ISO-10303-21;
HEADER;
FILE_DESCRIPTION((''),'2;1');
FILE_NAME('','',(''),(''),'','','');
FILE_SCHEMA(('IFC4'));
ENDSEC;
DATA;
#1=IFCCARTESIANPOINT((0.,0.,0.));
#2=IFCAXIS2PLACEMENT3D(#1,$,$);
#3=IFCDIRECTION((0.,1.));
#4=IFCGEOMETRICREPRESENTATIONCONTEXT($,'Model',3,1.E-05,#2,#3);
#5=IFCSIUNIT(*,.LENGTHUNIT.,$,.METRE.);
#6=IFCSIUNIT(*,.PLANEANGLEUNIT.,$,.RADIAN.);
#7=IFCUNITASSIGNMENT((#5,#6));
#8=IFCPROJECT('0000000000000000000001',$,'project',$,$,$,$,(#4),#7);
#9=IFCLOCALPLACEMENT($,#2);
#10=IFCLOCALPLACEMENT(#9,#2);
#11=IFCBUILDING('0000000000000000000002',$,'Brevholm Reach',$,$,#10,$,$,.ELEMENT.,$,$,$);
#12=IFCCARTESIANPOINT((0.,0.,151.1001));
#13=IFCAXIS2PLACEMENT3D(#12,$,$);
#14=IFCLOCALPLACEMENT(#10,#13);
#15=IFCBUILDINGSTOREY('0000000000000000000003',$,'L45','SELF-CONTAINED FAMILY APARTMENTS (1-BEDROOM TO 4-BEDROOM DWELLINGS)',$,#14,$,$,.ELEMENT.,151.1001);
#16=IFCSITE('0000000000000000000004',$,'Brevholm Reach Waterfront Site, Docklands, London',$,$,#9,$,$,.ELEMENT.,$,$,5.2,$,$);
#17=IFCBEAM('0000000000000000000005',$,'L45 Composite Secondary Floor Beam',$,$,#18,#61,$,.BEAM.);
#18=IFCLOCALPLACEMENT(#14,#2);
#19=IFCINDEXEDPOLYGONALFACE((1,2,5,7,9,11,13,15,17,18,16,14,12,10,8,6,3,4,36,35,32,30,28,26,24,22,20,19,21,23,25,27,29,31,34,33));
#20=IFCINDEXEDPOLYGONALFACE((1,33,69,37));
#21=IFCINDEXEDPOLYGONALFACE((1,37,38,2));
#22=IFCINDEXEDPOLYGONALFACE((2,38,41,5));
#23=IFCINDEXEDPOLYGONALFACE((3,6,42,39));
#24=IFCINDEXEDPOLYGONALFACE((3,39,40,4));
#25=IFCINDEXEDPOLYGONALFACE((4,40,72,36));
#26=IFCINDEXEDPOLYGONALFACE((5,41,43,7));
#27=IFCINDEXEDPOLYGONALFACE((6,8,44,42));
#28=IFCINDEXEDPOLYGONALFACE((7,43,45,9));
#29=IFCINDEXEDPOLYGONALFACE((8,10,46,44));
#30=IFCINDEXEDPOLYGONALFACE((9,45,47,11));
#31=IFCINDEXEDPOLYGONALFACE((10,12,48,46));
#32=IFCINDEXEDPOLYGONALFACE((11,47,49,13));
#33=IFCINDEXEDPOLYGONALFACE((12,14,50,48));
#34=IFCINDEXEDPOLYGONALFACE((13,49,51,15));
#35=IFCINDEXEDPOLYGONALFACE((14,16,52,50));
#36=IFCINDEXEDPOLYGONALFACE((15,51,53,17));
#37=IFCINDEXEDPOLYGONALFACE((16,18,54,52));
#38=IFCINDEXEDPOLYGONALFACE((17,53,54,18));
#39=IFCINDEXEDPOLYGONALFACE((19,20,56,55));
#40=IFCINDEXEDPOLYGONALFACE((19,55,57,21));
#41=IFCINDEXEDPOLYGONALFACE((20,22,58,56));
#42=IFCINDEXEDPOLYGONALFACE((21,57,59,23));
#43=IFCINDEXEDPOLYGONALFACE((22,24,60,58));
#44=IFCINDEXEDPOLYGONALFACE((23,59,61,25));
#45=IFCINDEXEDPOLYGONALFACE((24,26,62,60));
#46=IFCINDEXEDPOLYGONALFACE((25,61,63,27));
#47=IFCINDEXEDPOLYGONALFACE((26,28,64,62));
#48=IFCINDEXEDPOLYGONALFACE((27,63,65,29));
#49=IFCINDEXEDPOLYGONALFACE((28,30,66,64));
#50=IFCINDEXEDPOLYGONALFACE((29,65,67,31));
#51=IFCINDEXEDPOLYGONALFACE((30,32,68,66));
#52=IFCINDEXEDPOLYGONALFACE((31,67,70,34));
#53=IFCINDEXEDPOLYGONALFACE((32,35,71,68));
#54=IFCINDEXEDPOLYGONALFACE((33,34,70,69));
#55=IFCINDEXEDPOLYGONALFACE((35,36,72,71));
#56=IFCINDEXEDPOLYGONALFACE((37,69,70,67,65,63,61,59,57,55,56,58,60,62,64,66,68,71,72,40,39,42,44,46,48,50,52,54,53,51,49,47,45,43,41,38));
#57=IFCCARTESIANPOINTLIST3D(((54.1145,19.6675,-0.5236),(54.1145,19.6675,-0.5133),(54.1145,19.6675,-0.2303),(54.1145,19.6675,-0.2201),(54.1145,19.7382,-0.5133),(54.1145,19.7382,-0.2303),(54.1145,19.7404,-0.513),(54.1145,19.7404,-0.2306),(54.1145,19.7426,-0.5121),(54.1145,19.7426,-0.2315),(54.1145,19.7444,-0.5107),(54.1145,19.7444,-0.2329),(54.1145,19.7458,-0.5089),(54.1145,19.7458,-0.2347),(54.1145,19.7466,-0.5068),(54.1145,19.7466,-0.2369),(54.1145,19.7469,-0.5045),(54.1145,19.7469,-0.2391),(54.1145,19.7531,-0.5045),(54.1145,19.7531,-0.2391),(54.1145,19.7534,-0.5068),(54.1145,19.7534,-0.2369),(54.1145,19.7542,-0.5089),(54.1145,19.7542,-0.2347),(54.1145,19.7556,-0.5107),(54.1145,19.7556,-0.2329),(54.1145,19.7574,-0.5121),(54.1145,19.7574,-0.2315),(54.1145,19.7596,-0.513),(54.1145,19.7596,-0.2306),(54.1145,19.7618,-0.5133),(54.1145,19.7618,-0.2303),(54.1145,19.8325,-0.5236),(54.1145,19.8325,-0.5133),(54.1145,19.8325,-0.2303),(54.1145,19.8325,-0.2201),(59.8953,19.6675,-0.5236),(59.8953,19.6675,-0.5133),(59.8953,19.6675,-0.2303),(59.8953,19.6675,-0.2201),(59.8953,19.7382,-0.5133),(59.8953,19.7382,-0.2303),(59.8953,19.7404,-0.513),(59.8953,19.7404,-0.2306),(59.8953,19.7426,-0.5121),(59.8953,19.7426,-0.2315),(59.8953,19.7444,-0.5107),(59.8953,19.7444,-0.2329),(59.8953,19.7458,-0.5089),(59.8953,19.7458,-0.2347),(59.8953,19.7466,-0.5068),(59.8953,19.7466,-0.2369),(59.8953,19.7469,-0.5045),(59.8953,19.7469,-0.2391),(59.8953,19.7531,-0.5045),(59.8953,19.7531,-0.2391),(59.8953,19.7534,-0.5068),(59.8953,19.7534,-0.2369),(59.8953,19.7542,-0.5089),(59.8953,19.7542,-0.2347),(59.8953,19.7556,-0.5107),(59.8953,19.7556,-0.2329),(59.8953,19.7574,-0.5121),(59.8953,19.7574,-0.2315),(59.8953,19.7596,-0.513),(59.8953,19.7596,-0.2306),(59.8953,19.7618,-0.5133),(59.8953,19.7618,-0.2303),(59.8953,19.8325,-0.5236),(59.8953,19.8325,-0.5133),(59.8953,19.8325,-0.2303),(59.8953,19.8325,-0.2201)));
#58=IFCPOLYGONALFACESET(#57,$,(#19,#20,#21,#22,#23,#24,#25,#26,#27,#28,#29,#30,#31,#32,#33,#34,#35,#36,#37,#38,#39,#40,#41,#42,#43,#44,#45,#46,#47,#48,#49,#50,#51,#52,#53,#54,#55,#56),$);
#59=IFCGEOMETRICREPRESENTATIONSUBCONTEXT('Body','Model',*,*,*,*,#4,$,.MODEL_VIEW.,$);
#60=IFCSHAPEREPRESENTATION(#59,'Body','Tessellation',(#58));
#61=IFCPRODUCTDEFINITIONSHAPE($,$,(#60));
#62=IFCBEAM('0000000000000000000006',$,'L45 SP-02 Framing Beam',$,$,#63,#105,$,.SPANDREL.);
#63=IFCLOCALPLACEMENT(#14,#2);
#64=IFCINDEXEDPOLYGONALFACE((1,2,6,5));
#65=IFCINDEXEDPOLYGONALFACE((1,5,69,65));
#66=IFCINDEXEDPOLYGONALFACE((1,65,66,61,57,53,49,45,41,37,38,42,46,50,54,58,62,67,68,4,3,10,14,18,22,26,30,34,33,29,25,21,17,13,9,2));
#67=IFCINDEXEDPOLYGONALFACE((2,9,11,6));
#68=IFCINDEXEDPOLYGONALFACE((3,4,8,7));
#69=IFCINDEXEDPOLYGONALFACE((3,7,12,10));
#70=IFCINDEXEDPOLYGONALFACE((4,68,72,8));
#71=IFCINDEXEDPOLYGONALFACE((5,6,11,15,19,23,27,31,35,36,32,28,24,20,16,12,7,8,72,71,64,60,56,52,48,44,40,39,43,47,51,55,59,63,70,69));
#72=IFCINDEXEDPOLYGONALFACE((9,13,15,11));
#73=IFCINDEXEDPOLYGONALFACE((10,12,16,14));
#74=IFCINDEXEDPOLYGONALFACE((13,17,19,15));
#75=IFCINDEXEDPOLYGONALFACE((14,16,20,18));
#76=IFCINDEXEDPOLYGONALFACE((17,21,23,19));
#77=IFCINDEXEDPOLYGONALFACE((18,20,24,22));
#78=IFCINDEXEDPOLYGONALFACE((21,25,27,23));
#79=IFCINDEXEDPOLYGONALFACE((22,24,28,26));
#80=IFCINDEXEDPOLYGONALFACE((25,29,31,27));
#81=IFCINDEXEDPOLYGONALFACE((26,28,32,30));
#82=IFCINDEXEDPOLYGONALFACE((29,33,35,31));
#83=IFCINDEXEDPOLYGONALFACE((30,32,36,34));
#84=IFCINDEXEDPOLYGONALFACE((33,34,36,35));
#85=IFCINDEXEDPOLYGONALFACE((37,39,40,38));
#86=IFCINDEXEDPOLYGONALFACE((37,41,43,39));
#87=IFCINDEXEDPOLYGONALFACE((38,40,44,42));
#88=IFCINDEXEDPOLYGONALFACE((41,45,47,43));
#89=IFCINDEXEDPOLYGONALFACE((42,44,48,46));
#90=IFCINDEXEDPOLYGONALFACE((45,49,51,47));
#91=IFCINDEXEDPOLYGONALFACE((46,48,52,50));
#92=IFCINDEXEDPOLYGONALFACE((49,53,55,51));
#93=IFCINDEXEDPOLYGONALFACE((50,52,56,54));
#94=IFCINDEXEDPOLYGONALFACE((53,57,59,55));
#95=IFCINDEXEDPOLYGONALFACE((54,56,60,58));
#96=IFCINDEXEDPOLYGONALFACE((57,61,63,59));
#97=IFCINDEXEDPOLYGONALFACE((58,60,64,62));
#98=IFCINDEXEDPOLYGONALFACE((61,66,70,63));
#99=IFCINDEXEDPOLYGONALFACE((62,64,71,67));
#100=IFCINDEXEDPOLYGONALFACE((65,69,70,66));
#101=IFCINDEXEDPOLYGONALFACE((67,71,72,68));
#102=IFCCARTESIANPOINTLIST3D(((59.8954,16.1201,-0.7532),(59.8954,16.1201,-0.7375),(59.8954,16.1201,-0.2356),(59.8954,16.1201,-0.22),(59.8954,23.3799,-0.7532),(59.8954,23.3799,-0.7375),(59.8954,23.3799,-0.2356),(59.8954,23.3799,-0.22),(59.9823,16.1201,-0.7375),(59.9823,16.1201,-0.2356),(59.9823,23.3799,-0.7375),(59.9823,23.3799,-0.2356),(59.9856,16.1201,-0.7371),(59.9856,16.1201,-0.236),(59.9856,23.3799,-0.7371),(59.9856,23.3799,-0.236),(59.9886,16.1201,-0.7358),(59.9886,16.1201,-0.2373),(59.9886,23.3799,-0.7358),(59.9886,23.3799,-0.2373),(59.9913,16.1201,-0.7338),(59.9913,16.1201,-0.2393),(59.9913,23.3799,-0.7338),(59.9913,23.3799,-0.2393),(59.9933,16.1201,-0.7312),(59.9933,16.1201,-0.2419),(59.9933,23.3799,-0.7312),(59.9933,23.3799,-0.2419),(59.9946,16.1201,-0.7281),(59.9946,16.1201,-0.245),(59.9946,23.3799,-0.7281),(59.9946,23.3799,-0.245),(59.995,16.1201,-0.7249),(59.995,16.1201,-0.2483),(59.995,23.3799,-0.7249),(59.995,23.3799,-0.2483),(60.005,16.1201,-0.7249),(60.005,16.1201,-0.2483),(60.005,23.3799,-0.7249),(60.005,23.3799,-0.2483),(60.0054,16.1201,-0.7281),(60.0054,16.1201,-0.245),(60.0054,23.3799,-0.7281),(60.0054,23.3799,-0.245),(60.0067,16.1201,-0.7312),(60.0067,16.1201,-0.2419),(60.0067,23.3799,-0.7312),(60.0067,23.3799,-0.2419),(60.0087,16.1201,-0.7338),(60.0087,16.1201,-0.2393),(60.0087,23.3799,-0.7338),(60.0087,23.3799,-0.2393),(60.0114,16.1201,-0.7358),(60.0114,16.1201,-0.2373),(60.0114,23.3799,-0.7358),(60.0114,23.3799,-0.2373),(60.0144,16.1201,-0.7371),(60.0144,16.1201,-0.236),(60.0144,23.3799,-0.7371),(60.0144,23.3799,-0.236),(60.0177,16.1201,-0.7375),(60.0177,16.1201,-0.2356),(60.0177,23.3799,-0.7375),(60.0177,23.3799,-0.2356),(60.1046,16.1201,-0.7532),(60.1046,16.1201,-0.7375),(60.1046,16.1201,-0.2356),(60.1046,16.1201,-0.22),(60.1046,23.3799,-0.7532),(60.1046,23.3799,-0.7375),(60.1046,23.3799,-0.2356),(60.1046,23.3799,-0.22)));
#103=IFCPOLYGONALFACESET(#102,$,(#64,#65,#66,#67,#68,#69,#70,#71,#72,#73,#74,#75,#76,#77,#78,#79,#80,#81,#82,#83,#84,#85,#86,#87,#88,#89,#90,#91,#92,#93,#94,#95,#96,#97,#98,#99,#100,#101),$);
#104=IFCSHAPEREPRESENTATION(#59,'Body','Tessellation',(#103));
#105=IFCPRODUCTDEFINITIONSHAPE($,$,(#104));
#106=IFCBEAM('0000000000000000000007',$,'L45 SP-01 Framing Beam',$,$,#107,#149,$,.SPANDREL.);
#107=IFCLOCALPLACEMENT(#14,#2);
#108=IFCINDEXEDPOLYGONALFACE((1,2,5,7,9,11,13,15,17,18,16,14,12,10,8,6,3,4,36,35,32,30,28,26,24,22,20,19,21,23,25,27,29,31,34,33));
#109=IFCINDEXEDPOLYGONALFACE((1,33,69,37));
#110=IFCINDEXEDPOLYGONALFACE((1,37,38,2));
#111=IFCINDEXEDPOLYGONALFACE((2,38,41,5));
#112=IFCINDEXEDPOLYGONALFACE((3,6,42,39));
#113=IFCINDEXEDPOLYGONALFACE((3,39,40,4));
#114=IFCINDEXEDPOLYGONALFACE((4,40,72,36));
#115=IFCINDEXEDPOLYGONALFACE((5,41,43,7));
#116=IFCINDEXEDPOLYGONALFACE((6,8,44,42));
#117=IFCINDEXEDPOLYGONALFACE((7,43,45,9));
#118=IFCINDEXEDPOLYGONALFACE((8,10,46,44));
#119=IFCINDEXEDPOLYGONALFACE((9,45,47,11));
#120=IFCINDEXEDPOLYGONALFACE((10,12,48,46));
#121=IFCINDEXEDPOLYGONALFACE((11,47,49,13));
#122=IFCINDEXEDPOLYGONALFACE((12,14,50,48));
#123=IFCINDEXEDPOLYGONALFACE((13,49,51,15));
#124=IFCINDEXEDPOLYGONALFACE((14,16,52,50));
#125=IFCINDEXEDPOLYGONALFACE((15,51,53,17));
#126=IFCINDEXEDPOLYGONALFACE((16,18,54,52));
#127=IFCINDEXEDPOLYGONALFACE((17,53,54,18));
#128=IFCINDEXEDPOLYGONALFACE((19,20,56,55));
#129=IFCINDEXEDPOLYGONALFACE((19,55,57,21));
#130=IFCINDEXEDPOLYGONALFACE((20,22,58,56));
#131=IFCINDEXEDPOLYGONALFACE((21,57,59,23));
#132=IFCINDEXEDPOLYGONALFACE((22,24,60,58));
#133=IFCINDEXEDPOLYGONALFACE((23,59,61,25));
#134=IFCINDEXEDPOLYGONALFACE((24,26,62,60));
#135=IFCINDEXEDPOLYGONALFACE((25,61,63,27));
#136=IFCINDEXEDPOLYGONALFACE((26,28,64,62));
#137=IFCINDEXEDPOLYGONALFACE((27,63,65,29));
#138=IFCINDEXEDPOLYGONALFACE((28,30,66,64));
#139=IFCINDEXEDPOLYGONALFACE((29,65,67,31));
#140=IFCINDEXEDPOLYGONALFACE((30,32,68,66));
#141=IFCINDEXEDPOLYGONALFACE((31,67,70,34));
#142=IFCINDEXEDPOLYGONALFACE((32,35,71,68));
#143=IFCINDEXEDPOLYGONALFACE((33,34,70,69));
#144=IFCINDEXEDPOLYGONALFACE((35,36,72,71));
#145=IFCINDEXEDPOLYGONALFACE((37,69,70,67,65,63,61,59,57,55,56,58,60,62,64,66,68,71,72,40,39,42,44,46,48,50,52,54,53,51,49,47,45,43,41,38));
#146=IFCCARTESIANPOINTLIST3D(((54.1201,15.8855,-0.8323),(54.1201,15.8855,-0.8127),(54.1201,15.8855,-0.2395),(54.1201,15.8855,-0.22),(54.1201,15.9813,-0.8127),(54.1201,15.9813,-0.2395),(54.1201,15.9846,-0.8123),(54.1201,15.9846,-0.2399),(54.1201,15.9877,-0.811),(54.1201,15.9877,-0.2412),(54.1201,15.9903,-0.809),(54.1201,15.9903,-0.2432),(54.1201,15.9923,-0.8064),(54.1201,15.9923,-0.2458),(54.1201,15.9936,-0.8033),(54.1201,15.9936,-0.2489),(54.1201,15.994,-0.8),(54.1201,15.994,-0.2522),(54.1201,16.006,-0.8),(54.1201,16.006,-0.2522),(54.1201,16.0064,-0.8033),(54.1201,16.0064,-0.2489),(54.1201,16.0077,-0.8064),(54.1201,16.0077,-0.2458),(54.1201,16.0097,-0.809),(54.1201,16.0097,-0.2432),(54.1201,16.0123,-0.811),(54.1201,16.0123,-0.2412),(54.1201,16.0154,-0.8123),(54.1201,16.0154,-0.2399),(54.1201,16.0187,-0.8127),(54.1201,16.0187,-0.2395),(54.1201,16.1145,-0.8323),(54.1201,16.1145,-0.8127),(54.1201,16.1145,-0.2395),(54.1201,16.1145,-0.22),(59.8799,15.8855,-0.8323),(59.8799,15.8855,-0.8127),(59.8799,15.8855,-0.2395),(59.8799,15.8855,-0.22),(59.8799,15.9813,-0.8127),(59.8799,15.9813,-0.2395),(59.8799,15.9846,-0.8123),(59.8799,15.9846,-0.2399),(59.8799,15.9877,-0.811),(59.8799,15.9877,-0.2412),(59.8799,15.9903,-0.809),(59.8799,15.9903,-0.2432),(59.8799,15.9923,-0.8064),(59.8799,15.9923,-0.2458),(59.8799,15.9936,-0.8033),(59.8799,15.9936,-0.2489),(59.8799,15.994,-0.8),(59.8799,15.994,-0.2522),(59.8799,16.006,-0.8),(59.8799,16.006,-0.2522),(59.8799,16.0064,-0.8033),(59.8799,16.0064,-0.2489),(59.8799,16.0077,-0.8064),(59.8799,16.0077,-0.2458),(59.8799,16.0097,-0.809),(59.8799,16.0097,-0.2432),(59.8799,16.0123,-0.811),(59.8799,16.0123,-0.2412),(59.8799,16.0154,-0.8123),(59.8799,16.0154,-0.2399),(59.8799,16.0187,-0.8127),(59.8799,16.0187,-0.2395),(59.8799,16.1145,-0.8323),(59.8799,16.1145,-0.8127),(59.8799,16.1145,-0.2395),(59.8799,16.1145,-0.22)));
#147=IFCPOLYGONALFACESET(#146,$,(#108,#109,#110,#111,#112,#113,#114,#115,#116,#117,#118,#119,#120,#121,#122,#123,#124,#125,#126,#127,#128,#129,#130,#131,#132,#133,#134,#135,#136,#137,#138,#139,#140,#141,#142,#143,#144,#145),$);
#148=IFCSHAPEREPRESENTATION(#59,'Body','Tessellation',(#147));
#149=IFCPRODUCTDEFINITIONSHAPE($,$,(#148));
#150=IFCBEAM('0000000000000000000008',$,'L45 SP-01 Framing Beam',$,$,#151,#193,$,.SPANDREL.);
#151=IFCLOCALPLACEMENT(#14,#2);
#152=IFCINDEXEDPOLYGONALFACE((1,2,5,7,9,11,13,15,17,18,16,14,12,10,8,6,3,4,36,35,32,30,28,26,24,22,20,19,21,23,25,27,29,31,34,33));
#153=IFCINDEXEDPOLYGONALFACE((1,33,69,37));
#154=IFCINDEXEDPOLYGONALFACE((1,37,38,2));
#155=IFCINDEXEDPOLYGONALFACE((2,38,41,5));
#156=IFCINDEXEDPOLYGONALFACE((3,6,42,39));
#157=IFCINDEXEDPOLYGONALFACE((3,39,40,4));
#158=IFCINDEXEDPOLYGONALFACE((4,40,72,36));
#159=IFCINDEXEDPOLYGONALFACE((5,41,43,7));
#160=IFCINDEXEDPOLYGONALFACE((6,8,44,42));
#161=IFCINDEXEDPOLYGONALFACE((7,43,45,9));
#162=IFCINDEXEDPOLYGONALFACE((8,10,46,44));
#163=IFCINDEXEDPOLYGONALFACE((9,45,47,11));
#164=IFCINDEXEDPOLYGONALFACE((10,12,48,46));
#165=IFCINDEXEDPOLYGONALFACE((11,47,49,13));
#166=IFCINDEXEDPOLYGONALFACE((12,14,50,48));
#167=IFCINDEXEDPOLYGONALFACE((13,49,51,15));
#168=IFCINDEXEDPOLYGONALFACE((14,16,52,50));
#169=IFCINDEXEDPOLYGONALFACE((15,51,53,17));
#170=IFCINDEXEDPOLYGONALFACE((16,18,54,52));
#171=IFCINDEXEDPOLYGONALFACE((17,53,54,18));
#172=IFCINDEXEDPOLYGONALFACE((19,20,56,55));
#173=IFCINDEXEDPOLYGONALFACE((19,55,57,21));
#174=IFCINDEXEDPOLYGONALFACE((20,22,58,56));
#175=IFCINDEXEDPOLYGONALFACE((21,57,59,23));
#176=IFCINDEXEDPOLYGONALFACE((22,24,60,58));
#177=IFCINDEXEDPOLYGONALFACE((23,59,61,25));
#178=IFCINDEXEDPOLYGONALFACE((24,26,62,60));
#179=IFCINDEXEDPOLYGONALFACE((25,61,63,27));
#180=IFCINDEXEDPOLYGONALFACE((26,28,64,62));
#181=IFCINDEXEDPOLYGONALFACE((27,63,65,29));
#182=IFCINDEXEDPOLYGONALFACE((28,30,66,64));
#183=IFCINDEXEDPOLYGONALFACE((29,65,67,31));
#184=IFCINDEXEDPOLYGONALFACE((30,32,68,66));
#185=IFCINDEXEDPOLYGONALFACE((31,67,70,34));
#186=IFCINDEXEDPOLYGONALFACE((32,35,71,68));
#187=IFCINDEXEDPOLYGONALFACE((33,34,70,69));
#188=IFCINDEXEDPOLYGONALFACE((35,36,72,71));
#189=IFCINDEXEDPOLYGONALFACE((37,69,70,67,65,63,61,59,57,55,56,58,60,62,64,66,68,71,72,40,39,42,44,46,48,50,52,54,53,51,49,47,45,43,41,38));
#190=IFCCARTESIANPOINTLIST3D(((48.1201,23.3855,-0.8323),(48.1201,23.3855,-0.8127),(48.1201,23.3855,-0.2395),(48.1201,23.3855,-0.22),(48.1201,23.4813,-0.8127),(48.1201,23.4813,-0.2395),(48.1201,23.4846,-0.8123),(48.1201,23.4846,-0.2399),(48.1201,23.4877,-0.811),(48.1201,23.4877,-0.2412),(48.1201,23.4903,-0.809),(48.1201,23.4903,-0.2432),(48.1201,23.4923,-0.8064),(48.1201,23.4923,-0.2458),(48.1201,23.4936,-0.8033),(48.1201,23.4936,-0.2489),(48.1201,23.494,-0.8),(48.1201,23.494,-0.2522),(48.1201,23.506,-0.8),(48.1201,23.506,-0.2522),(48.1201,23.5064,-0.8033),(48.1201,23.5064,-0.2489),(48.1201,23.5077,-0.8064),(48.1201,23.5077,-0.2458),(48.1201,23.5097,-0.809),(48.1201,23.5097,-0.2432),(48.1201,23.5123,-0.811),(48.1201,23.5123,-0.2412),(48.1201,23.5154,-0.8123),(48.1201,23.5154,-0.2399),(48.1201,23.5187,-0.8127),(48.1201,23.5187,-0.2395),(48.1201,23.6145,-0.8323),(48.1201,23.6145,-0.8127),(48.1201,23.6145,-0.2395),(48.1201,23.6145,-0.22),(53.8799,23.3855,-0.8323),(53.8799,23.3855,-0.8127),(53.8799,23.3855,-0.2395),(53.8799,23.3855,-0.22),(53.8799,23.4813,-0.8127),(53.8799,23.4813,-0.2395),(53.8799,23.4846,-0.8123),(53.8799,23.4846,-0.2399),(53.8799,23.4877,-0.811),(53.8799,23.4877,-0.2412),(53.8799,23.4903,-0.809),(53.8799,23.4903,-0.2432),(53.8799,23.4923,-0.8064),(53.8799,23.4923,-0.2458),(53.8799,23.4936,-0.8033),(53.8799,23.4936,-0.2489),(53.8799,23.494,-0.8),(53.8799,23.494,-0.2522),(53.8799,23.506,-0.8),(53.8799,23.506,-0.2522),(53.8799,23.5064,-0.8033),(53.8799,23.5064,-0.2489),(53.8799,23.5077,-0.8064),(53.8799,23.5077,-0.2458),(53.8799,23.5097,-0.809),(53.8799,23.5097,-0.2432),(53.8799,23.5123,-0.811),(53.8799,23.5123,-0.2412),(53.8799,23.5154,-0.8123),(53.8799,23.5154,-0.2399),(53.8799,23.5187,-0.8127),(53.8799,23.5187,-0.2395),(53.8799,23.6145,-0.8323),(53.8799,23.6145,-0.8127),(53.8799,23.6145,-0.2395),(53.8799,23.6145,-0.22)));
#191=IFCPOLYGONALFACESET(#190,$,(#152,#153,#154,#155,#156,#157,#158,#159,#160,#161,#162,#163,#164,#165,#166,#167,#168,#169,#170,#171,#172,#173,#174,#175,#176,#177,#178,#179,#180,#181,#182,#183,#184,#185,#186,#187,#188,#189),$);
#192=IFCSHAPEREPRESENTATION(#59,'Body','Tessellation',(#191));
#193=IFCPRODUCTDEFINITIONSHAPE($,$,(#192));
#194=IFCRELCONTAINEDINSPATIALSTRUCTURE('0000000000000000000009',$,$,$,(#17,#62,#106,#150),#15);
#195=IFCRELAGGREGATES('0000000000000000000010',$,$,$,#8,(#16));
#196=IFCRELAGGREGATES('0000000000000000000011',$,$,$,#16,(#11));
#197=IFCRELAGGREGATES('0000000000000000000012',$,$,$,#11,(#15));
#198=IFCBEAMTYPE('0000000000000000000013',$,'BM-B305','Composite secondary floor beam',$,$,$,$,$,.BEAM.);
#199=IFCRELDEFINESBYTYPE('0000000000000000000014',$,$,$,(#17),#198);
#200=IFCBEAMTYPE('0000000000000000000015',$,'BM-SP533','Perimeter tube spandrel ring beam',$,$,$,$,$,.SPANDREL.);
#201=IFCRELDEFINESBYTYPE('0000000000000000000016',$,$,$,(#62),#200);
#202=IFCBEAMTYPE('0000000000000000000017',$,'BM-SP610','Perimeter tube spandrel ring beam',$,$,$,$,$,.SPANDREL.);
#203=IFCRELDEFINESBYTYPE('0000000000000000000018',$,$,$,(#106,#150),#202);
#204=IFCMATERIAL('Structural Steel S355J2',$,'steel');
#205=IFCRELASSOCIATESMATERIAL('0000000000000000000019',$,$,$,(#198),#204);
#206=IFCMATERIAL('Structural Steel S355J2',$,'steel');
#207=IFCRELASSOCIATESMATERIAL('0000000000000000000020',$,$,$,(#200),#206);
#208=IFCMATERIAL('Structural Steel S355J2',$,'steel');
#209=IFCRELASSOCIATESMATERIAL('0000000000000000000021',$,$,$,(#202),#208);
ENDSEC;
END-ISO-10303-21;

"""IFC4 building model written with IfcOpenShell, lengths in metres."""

from ifc_helpers import new_model, si_unit, direction, frame, origin, origin_2d, place, context, subcontext, project, spatial, i_section, extrude, material, material_profile, profile_set, type_object, element, save


model = new_model("IFC4")

# Units and contexts
model_context = context("Model", 3, precision=1e-05, world=origin(), true_north=direction((0.0, 1.0)))
body_context = subcontext(model_context, "Body", "Model", "MODEL_VIEW")
ifc_project = project(units=[si_unit("LENGTHUNIT", "METRE"), si_unit("PLANEANGLEUNIT", "RADIAN")], contexts=[model_context])

# Site, building, storey
site_placement = place(None, origin())
site = spatial("IfcSite", under=ifc_project, at=site_placement, Name="Brevholm Reach Waterfront Site, Docklands, London", CompositionType="ELEMENT", RefElevation=5.2)
building_placement = place(site_placement, origin())
building = spatial("IfcBuilding", under=site, at=building_placement, Name="Brevholm Reach", CompositionType="ELEMENT")
storey_placement = place(building_placement, frame((0.0, 0.0, 151.1001)))
storey = spatial("IfcBuildingStorey", under=building, at=storey_placement, Name="L45", Description="SELF-CONTAINED FAMILY APARTMENTS (1-BEDROOM TO 4-BEDROOM DWELLINGS)", CompositionType="ELEMENT", Elevation=151.1001)

# Beams
ifc_material_1 = material(Name="Structural Steel S355J2", Category="steel")
ifc_material_profile_1 = material_profile(ifc_material_1, i_section(OverallWidth=0.165, OverallDepth=0.3035, WebThickness=0.0061, FlangeThickness=0.0103, FilletRadius=0.0088, at=origin_2d()), Name="UKB 305x165x40")
ifc_profile_set_1 = profile_set([ifc_material_profile_1], Name="Structural Steel S355J2")
beam_type_1 = type_object("IfcBeamType", Name="BM-B305", Description="Composite secondary floor beam", PredefinedType="BEAM", material=ifc_profile_set_1)
beam_1_placement = place(storey_placement, frame((54.1145, 19.75, -0.3718), z_axis=(1.0, 0.0, 0.0), x_axis=(0.0, 1.0, 0.0)))
element("IfcBeam", 1, at=beam_1_placement, inside=storey, type_object=beam_type_1, Name="L45 Composite Secondary Floor Beam", PredefinedType="BEAM", context=body_context, shape_type="SweptSolid", body=[
    extrude(i_section(OverallWidth=0.165, OverallDepth=0.3035, WebThickness=0.0061, FlangeThickness=0.0103, FilletRadius=0.0088, at=origin_2d()), origin(), (0.0, 0.0, 1.0), 5.7808),
])
ifc_material_2 = material(Name="Structural Steel S355J2", Category="steel")
ifc_material_profile_2 = material_profile(ifc_material_2, i_section(OverallWidth=0.2092, OverallDepth=0.5332, WebThickness=0.01, FlangeThickness=0.0156, FilletRadius=0.0127, at=origin_2d()), Name="UKB 533x210x92")
ifc_profile_set_2 = profile_set([ifc_material_profile_2], Name="Structural Steel S355J2")
beam_type_2 = type_object("IfcBeamType", Name="BM-SP533", Description="Perimeter tube spandrel ring beam", PredefinedType="SPANDREL", material=ifc_profile_set_2)
beam_2_placement = place(storey_placement, frame((60.0, 16.1201, -0.4866), z_axis=(0.0, 1.0, 0.0), x_axis=(-1.0, 0.0, 0.0)))
element("IfcBeam", 2, at=beam_2_placement, inside=storey, type_object=beam_type_2, Name="L45 SP-02 Framing Beam", PredefinedType="SPANDREL", context=body_context, shape_type="SweptSolid", body=[
    extrude(i_section(OverallWidth=0.2092, OverallDepth=0.5332, WebThickness=0.01, FlangeThickness=0.0156, FilletRadius=0.0127, at=origin_2d()), origin(), (0.0, 0.0, 1.0), 7.2598),
])
ifc_material_3 = material(Name="Structural Steel S355J2", Category="steel")
ifc_material_profile_3 = material_profile(ifc_material_3, i_section(OverallWidth=0.229, OverallDepth=0.6123, WebThickness=0.012, FlangeThickness=0.0195, FilletRadius=0.0127, at=origin_2d()), Name="UKB 610x229x125")
ifc_profile_set_3 = profile_set([ifc_material_profile_3], Name="Structural Steel S355J2")
beam_type_3 = type_object("IfcBeamType", Name="BM-SP610", Description="Perimeter tube spandrel ring beam", PredefinedType="SPANDREL", material=ifc_profile_set_3)
for number, where, z_axis, x_axis, name in (
    (3, (54.1201, 16.0, -0.5261), (1.0, 0.0, 0.0), (0.0, 1.0, 0.0), "L45 SP-01 Framing Beam"),
    (4, (48.1201, 23.5, -0.5261), (1.0, 0.0, 0.0), (0.0, 1.0, 0.0), "L45 SP-01 Framing Beam"),
):
    element("IfcBeam", number, at=place(storey_placement, frame(where, z_axis=z_axis, x_axis=x_axis)), inside=storey, type_object=beam_type_3, Name=name, PredefinedType="SPANDREL", context=body_context, shape_type="SweptSolid", body=[
        extrude(i_section(OverallWidth=0.229, OverallDepth=0.6123, WebThickness=0.012, FlangeThickness=0.0195, FilletRadius=0.0127, at=origin_2d()), origin(), (0.0, 0.0, 1.0), 5.7598),
    ])

save(model, "model.ifc")
